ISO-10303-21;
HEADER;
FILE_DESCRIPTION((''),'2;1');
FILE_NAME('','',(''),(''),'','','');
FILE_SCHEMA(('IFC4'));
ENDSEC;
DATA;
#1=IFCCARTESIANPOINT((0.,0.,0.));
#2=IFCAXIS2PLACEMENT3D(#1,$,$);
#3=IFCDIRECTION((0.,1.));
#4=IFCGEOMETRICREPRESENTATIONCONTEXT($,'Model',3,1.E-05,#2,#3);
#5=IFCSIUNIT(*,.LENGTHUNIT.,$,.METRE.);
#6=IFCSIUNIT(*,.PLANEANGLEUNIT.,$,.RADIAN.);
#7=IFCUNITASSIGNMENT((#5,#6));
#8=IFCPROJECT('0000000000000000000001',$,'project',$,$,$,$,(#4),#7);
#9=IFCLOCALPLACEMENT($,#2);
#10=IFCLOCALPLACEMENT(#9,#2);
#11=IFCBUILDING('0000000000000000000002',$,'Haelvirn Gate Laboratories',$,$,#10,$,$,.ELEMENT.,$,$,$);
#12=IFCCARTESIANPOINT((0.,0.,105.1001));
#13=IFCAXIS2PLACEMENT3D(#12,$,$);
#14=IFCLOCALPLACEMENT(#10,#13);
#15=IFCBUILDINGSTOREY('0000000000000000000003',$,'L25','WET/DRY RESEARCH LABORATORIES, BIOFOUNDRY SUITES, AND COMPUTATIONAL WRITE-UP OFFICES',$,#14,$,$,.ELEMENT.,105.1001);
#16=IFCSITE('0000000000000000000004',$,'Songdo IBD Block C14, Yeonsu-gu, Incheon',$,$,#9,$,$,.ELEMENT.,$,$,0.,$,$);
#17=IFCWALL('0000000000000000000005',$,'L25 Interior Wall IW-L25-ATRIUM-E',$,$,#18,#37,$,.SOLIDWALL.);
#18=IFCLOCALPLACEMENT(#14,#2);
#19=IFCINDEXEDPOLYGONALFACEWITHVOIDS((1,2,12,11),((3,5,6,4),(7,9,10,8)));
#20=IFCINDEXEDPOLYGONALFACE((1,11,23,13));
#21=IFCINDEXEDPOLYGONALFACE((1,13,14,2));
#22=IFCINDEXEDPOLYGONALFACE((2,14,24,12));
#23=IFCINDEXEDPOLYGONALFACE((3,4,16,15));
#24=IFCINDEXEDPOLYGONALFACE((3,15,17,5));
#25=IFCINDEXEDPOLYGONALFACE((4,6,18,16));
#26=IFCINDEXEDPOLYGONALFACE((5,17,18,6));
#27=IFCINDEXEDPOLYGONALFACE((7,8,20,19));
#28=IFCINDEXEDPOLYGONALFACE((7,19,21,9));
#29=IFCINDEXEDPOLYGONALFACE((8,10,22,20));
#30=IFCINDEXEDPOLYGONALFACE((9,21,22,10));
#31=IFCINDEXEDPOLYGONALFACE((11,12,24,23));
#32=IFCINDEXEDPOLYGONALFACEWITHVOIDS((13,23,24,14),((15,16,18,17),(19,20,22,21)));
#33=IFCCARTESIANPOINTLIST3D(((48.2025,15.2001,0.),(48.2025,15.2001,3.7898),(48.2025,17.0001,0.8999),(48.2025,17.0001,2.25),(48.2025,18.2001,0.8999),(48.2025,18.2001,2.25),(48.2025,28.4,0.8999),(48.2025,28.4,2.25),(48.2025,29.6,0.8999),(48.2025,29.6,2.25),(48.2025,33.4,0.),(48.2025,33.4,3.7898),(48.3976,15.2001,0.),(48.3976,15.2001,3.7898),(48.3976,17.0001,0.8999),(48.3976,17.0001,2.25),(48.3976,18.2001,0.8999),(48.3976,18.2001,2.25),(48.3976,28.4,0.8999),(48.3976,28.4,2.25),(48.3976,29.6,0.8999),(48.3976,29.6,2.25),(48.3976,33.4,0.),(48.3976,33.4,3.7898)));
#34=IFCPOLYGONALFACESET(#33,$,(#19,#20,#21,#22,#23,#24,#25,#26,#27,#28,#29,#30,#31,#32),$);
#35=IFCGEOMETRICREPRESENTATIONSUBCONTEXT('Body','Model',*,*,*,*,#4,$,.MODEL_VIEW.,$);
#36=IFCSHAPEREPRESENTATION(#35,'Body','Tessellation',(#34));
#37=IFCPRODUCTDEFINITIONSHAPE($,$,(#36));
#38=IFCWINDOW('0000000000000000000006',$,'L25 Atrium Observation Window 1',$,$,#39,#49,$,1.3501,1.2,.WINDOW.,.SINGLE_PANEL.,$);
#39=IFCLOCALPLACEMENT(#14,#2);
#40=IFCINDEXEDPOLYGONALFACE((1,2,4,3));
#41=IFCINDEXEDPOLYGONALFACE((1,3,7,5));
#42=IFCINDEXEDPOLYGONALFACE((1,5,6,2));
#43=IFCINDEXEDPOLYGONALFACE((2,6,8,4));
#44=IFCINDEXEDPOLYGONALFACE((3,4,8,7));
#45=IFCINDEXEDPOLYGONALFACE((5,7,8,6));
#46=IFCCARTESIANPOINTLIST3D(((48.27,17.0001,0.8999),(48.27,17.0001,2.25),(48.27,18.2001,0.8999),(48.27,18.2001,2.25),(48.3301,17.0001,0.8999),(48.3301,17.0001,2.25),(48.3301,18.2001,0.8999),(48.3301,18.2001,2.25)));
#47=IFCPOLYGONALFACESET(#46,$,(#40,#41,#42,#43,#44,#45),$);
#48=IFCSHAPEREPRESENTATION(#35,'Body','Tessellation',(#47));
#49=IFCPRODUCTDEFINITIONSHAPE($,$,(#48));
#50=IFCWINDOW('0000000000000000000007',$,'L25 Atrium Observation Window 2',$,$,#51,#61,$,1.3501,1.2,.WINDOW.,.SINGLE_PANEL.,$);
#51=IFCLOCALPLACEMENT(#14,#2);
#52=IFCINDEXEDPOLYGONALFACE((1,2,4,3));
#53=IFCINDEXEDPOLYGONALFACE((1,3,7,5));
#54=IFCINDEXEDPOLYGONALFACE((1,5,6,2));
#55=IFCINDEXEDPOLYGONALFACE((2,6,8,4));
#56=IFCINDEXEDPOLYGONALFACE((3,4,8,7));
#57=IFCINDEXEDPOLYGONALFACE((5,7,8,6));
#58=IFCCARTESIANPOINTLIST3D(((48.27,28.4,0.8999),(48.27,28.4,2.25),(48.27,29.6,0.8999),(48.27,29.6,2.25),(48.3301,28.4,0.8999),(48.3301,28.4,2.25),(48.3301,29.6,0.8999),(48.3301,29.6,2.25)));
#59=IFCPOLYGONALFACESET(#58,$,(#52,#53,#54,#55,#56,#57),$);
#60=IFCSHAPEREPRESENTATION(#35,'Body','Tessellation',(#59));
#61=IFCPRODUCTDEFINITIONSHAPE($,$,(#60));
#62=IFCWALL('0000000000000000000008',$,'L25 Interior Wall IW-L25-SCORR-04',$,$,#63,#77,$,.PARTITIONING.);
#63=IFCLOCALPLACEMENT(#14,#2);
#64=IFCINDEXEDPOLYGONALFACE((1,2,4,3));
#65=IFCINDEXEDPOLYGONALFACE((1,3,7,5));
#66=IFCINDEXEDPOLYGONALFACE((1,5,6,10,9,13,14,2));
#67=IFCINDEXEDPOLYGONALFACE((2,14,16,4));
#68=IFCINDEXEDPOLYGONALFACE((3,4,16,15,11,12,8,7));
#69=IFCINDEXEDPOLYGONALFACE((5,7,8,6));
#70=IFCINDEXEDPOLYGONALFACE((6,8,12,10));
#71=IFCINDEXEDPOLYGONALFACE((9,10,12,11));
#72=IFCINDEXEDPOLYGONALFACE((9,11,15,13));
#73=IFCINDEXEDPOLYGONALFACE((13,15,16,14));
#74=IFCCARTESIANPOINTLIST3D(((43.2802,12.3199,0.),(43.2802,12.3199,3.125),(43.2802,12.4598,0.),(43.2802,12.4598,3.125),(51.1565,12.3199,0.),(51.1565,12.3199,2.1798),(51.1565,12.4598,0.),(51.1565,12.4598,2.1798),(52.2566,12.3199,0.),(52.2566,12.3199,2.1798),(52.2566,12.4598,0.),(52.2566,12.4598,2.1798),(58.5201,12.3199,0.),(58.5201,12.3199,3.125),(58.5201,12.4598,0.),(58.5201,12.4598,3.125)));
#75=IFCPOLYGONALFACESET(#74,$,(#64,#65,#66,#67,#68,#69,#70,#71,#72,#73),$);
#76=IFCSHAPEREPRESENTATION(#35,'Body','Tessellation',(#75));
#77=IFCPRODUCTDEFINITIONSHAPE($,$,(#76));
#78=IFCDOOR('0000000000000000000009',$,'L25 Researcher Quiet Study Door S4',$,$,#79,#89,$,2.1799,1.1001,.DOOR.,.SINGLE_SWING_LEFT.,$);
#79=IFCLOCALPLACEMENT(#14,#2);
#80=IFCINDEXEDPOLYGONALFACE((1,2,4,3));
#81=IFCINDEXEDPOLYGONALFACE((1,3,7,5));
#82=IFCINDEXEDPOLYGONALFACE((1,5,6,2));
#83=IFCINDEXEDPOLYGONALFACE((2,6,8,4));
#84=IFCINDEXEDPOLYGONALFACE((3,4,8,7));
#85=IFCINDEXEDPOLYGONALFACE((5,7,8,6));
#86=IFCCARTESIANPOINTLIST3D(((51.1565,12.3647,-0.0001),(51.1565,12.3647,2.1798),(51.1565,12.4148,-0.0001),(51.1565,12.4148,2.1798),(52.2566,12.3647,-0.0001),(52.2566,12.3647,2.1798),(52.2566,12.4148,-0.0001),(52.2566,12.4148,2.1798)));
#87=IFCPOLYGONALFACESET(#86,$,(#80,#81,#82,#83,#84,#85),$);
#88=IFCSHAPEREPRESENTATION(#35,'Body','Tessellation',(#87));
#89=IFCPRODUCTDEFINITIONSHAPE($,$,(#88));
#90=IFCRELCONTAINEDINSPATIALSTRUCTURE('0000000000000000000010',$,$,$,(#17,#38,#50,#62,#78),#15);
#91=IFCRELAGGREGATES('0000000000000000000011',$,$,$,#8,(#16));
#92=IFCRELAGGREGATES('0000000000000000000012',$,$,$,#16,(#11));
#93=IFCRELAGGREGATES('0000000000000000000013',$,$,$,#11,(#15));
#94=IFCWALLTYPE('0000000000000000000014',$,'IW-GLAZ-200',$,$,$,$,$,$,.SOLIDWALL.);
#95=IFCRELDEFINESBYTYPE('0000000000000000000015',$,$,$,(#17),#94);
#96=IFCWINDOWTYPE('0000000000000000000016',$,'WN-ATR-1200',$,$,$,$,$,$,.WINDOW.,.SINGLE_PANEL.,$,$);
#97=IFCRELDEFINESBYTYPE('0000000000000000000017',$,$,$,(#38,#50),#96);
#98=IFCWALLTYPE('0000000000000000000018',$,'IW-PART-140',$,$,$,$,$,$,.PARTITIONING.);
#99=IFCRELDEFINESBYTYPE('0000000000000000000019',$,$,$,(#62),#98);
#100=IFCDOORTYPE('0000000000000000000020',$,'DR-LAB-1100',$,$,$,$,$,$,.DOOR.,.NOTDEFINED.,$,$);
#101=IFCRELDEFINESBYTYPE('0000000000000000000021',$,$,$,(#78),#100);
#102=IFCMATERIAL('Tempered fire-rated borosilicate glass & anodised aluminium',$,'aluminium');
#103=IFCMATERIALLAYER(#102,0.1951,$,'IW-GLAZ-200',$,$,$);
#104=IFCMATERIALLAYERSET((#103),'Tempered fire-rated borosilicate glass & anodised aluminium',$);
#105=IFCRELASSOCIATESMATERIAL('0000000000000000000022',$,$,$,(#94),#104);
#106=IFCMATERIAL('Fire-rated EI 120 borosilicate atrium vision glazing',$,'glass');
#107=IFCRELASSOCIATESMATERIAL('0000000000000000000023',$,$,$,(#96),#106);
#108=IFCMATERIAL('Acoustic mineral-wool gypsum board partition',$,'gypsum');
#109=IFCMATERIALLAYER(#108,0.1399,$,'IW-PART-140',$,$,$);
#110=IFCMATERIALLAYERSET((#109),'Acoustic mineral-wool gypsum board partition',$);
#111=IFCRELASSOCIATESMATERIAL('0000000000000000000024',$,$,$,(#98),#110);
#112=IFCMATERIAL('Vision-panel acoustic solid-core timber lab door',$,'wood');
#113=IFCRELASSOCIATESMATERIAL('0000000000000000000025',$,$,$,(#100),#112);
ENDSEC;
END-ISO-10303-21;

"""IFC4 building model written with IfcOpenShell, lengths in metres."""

from ifc_helpers import new_model, si_unit, direction, frame, frame_2d, origin, place, context, subcontext, project, spatial, rectangle, extrude, source, transform, mapped, material, layer, layer_set, type_object, type_shapes, element, fill, save


model = new_model("IFC4")

# Units and contexts
model_context = context("Model", 3, precision=1e-05, world=origin(), true_north=direction((0.0, 1.0)))
body_context = subcontext(model_context, "Body", "Model", "MODEL_VIEW")
ifc_project = project(units=[si_unit("LENGTHUNIT", "METRE"), si_unit("PLANEANGLEUNIT", "RADIAN")], contexts=[model_context])

# Site, building, storey
site_placement = place(None, origin())
site = spatial("IfcSite", under=ifc_project, at=site_placement, Name="Songdo IBD Block C14, Yeonsu-gu, Incheon", CompositionType="ELEMENT", RefElevation=0.0)
building_placement = place(site_placement, origin())
building = spatial("IfcBuilding", under=site, at=building_placement, Name="Haelvirn Gate Laboratories", CompositionType="ELEMENT")
storey_placement = place(building_placement, frame((0.0, 0.0, 105.1001)))
storey = spatial("IfcBuildingStorey", under=building, at=storey_placement, Name="L25", Description="WET/DRY RESEARCH LABORATORIES, BIOFOUNDRY SUITES, AND COMPUTATIONAL WRITE-UP OFFICES", CompositionType="ELEMENT", Elevation=105.1001)

# Wall, openings, windows
ifc_material_1 = material(Name="Tempered fire-rated borosilicate glass & anodised aluminium", Category="aluminium")
ifc_layer_1 = layer(ifc_material_1, 0.1951, Name="IW-GLAZ-200")
ifc_layer_set_1 = layer_set([ifc_layer_1], Name="Tempered fire-rated borosilicate glass & anodised aluminium")
wall_type_1 = type_object("IfcWallType", Name="IW-GLAZ-200", PredefinedType="SOLIDWALL", material=ifc_layer_set_1)
wall_1_placement = place(storey_placement, frame((48.3, 15.2, 0.0), z_axis=(0.0, 0.0, 1.0), x_axis=(0.0, 1.0, 0.0)))
wall_1 = element("IfcWall", 1, at=wall_1_placement, inside=storey, type_object=wall_type_1, Name="L25 Interior Wall IW-L25-ATRIUM-E", PredefinedType="SOLIDWALL", context=body_context, shape_type="SweptSolid", body=[
    extrude(rectangle(XDim=18.2, YDim=0.1951, at=frame_2d((9.1001, 0.0))), origin(), (0.0, 0.0, 1.0), 3.7898),
])
opening_1_placement = place(wall_1_placement, frame((1.8, 0.0, 0.8999)))
opening_1 = element("IfcOpeningElement", 2, at=opening_1_placement, cuts=wall_1, PredefinedType="OPENING", context=body_context, shape_type="SweptSolid", body=[
    extrude(rectangle(XDim=1.2, YDim=1.3501, at=frame_2d((0.6001, 0.675))), frame((0.0, 0.1074, 0.0), z_axis=(0.0, -1.0, 0.0), x_axis=(1.0, 0.0, 0.0)), (0.0, 0.0, 1.0), 0.2151),
])
opening_2_placement = place(wall_1_placement, frame((13.2, 0.0, 0.8999)))
opening_2 = element("IfcOpeningElement", 3, at=opening_2_placement, cuts=wall_1, PredefinedType="OPENING", context=body_context, shape_type="SweptSolid", body=[
    extrude(rectangle(XDim=1.2, YDim=1.3501, at=frame_2d((0.6001, 0.675))), frame((0.0, 0.1074, 0.0), z_axis=(0.0, -1.0, 0.0), x_axis=(1.0, 0.0, 0.0)), (0.0, 0.0, 1.0), 0.2151),
])
ifc_material_2 = material(Name="Fire-rated EI 120 borosilicate atrium vision glazing", Category="glass")
window_type = type_object("IfcWindowType", Name="WN-ATR-1200", PartitioningType="SINGLE_PANEL", PredefinedType="WINDOW", material=ifc_material_2)
shared_shape_1 = source(origin(), body_context, "Body", "SweptSolid", [
    extrude(rectangle(XDim=1.2, YDim=1.3501, at=frame_2d((0.6001, 0.675))), frame((0.0, 0.03, 0.0), z_axis=(0.0, -1.0, 0.0), x_axis=(1.0, 0.0, 0.0)), (0.0, 0.0, 1.0), 0.0601),
])
type_shapes(window_type, [shared_shape_1])
window_1_placement = place(opening_1_placement, origin())
window_1 = element("IfcWindow", 4, at=window_1_placement, inside=storey, type_object=window_type, Name="L25 Atrium Observation Window 1", OverallHeight=1.3501, OverallWidth=1.2, PartitioningType="SINGLE_PANEL", PredefinedType="WINDOW", context=body_context, shape_type="MappedRepresentation", body=[
    mapped(shared_shape_1, transform((0.0, 0.0, 0.0), scale=1.0)),
])
fill(opening_1, window_1)
window_2_placement = place(opening_2_placement, origin())
window_2 = element("IfcWindow", 5, at=window_2_placement, inside=storey, type_object=window_type, Name="L25 Atrium Observation Window 2", OverallHeight=1.3501, OverallWidth=1.2, PartitioningType="SINGLE_PANEL", PredefinedType="WINDOW", context=body_context, shape_type="MappedRepresentation", body=[
    mapped(shared_shape_1, transform((0.0, 0.0, 0.0), scale=1.0)),
])
fill(opening_2, window_2)

# Wall, opening, door
ifc_material_3 = material(Name="Acoustic mineral-wool gypsum board partition", Category="gypsum")
ifc_layer_2 = layer(ifc_material_3, 0.1399, Name="IW-PART-140")
ifc_layer_set_2 = layer_set([ifc_layer_2], Name="Acoustic mineral-wool gypsum board partition")
wall_type_2 = type_object("IfcWallType", Name="IW-PART-140", PredefinedType="PARTITIONING", material=ifc_layer_set_2)
wall_2_placement = place(storey_placement, frame((43.28, 12.3899, 0.0), z_axis=(0.0, 0.0, 1.0), x_axis=(1.0, 0.0, 0.0)))
wall_2 = element("IfcWall", 6, at=wall_2_placement, inside=storey, type_object=wall_type_2, Name="L25 Interior Wall IW-L25-SCORR-04", PredefinedType="PARTITIONING", context=body_context, shape_type="SweptSolid", body=[
    extrude(rectangle(XDim=15.24, YDim=0.1399, at=frame_2d((7.6201, 0.0))), origin(), (0.0, 0.0, 1.0), 3.125),
])
opening_3_placement = place(wall_2_placement, frame((7.8765, 0.0, 0.0)))
opening_3 = element("IfcOpeningElement", 7, at=opening_3_placement, cuts=wall_2, PredefinedType="OPENING", context=body_context, shape_type="SweptSolid", body=[
    extrude(rectangle(XDim=1.1001, YDim=2.1799, at=frame_2d((0.55, 1.0898))), frame((0.0, 0.0801, 0.0), z_axis=(0.0, -1.0, 0.0), x_axis=(1.0, 0.0, 0.0)), (0.0, 0.0, 1.0), 0.1599),
])
ifc_material_4 = material(Name="Vision-panel acoustic solid-core timber lab door", Category="wood")
door_type_1 = type_object("IfcDoorType", Name="DR-LAB-1100", OperationType="NOTDEFINED", PredefinedType="DOOR", material=ifc_material_4)
shared_shape_2 = source(origin(), body_context, "Body", "SweptSolid", [
    extrude(rectangle(XDim=1.1001, YDim=2.1799, at=frame_2d((0.55, 1.0898))), frame((0.0, 0.0249, 0.0), z_axis=(0.0, -1.0, 0.0), x_axis=(1.0, 0.0, 0.0)), (0.0, 0.0, 1.0), 0.05),
])
type_shapes(door_type_1, [shared_shape_2])
door_1_placement = place(opening_3_placement, origin())
door_1 = element("IfcDoor", 8, at=door_1_placement, inside=storey, type_object=door_type_1, Name="L25 Researcher Quiet Study Door S4", OperationType="SINGLE_SWING_LEFT", OverallHeight=2.1799, OverallWidth=1.1001, PredefinedType="DOOR", context=body_context, shape_type="MappedRepresentation", body=[
    mapped(shared_shape_2, transform((0.0, 0.0, 0.0), scale=1.0)),
])
fill(opening_3, door_1)

save(model, "model.ifc")
